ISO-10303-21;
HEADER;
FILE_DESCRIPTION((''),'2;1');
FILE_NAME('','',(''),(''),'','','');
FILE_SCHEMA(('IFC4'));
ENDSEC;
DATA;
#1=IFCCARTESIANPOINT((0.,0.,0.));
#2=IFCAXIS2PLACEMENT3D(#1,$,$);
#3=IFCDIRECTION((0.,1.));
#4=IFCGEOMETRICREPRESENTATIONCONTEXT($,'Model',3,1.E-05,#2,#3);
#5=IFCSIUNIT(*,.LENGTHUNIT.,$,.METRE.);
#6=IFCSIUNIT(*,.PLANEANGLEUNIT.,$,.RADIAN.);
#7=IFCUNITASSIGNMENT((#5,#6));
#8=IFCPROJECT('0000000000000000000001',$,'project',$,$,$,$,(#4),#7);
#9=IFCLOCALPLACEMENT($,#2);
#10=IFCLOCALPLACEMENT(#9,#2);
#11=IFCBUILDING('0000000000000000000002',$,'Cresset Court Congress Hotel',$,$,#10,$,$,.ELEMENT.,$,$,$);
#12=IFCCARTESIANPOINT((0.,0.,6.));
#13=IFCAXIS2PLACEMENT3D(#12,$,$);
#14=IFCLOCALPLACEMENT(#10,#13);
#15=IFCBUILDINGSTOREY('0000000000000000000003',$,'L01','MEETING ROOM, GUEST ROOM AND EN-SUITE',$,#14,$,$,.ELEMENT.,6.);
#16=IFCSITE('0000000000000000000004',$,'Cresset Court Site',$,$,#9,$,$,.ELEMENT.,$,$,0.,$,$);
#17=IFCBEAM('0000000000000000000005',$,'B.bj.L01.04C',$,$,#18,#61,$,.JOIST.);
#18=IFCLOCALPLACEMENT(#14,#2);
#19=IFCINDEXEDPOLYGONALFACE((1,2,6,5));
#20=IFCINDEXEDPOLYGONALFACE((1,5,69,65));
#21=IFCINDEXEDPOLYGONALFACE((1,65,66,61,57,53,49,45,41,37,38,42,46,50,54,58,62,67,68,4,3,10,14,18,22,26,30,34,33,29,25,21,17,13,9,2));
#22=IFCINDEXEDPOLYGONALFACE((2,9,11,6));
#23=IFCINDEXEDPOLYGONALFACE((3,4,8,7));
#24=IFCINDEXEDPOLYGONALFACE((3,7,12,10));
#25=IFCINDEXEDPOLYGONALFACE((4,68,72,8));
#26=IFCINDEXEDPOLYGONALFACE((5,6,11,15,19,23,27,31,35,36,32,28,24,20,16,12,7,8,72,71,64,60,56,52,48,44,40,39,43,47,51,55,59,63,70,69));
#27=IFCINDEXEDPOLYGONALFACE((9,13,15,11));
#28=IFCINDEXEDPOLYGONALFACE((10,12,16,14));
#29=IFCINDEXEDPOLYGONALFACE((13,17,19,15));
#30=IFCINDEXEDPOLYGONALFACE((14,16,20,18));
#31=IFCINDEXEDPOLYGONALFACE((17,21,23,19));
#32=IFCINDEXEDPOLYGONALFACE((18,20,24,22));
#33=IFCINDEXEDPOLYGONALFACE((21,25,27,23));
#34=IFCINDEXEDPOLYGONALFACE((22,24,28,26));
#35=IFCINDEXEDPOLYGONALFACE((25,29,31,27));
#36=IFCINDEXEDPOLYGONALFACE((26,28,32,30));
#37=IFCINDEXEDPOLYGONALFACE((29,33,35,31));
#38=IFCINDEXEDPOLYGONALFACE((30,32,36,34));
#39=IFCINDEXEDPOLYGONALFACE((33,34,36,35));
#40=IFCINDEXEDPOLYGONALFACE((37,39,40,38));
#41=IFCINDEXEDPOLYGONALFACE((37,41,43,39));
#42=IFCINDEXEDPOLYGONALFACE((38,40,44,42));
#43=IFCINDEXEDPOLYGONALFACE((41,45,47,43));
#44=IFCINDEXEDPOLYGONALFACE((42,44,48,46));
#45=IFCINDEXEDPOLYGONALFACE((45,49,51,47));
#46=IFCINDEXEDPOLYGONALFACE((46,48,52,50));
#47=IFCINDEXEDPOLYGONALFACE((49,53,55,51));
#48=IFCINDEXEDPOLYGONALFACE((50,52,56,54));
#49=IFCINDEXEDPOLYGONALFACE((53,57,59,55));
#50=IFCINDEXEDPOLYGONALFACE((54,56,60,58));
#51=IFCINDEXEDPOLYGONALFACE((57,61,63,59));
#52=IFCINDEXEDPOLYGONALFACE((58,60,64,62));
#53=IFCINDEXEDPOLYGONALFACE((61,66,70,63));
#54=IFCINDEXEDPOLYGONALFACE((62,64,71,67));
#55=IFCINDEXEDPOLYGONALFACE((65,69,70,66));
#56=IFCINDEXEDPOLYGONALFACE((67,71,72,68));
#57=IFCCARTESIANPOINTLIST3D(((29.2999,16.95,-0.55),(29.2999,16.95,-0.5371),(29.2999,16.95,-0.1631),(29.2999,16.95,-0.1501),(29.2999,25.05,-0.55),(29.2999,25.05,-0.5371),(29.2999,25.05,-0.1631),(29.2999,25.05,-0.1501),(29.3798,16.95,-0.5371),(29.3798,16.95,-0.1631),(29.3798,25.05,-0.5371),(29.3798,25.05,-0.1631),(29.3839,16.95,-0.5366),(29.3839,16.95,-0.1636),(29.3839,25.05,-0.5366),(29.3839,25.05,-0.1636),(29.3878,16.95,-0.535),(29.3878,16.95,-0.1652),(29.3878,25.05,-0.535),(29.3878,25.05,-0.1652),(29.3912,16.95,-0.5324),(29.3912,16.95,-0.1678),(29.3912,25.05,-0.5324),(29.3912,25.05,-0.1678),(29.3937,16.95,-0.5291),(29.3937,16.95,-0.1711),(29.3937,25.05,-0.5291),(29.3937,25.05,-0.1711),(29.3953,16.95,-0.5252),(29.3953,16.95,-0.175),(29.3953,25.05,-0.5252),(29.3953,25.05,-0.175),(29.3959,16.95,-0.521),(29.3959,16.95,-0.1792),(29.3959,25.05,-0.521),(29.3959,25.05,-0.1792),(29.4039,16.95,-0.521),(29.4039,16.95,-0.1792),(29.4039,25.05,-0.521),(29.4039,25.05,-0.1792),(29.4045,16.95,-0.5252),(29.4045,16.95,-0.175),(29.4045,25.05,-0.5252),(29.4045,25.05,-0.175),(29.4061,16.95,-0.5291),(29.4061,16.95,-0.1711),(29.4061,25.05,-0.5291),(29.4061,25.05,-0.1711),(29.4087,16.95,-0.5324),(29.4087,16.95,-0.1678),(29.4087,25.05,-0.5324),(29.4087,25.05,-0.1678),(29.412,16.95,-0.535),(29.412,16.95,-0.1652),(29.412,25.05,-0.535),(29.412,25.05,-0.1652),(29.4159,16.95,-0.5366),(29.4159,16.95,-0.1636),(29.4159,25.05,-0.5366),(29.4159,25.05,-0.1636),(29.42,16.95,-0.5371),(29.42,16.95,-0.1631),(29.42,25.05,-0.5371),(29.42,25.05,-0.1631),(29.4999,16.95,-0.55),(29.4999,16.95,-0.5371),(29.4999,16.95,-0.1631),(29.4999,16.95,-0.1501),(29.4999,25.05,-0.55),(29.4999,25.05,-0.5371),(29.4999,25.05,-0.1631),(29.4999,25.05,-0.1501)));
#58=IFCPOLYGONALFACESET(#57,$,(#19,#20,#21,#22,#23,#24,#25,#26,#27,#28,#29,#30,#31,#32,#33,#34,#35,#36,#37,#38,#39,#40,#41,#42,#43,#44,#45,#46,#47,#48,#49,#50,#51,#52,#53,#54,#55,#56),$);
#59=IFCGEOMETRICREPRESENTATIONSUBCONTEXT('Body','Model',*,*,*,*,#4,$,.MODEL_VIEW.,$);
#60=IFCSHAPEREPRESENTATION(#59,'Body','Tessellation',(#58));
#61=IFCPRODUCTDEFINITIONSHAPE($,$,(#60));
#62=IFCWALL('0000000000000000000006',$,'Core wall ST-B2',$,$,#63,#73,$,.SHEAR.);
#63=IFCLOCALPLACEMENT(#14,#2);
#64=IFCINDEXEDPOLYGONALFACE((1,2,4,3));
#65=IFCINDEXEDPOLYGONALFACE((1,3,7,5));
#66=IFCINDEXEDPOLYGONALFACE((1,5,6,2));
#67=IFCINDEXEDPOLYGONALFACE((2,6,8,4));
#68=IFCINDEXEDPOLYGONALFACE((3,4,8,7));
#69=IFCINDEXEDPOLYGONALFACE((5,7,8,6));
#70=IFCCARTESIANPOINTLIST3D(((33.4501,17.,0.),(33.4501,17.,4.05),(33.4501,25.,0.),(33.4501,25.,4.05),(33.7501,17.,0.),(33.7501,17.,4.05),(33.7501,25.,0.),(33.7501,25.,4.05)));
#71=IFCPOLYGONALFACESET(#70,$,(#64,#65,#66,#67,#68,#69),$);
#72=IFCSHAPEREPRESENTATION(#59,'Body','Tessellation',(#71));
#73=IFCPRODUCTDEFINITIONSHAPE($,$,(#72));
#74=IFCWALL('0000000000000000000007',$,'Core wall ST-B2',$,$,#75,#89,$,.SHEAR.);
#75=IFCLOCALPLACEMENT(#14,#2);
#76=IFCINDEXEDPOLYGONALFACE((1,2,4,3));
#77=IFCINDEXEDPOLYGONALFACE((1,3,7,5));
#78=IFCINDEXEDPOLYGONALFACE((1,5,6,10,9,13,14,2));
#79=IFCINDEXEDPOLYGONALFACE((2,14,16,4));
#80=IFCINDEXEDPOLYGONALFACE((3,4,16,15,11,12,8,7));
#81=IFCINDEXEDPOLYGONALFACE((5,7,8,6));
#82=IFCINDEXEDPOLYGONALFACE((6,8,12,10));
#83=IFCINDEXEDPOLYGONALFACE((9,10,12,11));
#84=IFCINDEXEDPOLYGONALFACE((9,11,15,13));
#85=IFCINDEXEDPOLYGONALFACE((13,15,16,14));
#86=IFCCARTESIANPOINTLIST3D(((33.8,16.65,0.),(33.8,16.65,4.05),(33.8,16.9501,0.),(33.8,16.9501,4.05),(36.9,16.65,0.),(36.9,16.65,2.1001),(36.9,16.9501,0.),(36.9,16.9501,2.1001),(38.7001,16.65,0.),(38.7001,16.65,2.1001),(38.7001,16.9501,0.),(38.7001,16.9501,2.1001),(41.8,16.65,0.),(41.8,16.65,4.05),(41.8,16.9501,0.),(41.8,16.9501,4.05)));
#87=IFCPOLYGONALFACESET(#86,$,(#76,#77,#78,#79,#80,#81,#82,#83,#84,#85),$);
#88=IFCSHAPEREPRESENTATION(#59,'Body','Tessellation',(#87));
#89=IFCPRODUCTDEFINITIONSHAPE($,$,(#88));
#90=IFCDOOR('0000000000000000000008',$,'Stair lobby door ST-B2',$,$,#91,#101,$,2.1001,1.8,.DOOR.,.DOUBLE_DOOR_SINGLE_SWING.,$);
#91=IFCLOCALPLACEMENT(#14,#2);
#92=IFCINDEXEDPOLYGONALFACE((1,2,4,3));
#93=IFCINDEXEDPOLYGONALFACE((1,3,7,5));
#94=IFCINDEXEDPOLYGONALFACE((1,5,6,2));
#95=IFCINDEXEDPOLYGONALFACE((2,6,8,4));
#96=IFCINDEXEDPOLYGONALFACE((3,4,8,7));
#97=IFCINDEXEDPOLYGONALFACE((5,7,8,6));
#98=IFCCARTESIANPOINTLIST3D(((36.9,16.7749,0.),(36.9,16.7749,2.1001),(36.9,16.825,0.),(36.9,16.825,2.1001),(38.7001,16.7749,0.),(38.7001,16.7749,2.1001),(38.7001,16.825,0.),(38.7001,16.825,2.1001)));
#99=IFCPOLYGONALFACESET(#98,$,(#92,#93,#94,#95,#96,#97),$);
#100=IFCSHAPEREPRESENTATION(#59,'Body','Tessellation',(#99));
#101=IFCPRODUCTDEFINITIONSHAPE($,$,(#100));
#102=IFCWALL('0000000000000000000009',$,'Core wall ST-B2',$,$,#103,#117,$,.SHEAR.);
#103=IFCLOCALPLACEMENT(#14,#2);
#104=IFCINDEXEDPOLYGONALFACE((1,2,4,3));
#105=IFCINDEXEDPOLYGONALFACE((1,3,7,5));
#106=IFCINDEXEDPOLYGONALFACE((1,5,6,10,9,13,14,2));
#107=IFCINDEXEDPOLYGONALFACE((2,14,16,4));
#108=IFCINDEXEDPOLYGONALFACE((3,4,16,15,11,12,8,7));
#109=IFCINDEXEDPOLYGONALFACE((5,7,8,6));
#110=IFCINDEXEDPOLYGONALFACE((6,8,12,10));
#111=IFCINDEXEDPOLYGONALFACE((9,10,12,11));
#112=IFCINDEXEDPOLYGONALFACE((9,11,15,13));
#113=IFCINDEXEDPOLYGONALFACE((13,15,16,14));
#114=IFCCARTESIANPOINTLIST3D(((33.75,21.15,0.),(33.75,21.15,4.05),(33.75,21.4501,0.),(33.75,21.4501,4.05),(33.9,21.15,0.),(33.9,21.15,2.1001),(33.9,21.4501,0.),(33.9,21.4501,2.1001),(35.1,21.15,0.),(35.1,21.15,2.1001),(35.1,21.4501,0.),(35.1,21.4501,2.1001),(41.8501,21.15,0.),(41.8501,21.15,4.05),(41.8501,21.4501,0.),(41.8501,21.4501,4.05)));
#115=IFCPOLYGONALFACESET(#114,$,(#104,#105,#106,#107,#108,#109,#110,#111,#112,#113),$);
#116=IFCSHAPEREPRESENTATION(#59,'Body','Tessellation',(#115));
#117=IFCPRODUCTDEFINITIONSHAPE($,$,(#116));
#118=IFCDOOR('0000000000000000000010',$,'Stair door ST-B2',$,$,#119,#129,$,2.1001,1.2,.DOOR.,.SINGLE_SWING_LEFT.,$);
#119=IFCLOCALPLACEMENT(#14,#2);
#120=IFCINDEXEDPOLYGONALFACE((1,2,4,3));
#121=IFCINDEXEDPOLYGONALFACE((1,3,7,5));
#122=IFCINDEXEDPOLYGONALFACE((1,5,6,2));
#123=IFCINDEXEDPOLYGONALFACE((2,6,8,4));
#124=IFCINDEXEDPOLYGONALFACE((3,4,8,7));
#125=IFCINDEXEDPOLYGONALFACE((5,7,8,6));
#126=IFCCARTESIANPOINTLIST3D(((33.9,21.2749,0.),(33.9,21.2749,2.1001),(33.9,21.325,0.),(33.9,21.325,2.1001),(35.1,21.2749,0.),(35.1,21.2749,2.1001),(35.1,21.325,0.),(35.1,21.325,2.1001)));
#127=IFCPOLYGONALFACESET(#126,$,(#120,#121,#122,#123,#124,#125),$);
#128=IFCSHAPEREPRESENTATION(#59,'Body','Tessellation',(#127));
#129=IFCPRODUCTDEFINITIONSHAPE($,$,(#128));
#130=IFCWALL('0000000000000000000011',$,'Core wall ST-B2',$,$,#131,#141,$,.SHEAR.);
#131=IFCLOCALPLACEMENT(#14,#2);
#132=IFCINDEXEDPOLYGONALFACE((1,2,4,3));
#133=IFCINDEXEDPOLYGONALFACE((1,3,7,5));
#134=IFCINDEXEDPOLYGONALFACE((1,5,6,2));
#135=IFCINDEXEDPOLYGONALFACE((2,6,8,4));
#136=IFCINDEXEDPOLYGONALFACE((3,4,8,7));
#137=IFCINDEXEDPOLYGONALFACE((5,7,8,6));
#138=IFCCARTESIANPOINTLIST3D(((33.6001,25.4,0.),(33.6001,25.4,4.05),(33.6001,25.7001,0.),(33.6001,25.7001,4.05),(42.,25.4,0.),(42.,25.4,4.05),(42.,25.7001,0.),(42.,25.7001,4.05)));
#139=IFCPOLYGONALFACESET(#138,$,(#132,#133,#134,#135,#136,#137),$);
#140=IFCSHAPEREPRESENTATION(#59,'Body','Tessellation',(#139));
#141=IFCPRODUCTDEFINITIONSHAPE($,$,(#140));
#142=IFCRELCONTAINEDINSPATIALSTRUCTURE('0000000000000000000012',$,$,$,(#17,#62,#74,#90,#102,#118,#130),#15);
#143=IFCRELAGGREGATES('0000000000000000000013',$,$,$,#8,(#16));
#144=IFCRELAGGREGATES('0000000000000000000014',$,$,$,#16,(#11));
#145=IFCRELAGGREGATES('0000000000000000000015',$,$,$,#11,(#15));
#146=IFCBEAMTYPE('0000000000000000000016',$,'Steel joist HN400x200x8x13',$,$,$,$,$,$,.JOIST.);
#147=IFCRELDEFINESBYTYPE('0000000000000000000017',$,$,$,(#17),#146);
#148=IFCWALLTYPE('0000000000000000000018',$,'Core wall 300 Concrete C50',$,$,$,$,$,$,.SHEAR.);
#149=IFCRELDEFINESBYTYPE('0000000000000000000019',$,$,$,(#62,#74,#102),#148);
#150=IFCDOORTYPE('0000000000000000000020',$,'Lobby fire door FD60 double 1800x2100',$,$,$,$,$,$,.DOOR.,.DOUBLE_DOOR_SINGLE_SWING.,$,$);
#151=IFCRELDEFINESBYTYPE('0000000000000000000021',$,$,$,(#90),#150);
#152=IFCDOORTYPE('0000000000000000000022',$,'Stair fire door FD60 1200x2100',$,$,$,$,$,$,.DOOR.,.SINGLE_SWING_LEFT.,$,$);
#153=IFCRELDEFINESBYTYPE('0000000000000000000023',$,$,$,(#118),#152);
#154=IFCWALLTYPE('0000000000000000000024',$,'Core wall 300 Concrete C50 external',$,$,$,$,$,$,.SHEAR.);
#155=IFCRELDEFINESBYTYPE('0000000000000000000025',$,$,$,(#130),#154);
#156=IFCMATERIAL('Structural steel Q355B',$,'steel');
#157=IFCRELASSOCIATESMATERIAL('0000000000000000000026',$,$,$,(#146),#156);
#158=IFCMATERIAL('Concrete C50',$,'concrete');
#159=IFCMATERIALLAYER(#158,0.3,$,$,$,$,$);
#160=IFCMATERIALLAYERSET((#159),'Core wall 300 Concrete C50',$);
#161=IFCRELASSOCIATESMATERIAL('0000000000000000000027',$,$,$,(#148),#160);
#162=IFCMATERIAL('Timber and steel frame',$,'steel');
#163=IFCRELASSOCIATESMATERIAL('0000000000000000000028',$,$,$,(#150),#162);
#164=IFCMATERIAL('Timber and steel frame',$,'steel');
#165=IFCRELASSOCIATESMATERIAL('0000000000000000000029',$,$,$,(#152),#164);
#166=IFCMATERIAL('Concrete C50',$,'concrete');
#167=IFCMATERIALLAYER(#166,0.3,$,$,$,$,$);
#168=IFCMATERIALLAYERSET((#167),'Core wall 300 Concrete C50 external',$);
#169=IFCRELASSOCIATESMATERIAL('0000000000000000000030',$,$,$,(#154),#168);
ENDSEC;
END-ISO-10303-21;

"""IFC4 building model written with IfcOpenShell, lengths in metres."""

from ifc_helpers import new_model, si_unit, direction, frame, frame_2d, origin, origin_2d, place, context, subcontext, project, spatial, rectangle, i_section, extrude, material, layer, layer_set, material_profile, profile_set, type_object, element, fill, save


model = new_model("IFC4")

# Units and contexts
model_context = context("Model", 3, precision=1e-05, world=origin(), true_north=direction((0.0, 1.0)))
body_context = subcontext(model_context, "Body", "Model", "MODEL_VIEW")
ifc_project = project(units=[si_unit("LENGTHUNIT", "METRE"), si_unit("PLANEANGLEUNIT", "RADIAN")], contexts=[model_context])

# Site, building, storey
site_placement = place(None, origin())
site = spatial("IfcSite", under=ifc_project, at=site_placement, Name="Cresset Court Site", CompositionType="ELEMENT", RefElevation=0.0)
building_placement = place(site_placement, origin())
building = spatial("IfcBuilding", under=site, at=building_placement, Name="Cresset Court Congress Hotel", CompositionType="ELEMENT")
storey_placement = place(building_placement, frame((0.0, 0.0, 6.0)))
storey = spatial("IfcBuildingStorey", under=building, at=storey_placement, Name="L01", Description="MEETING ROOM, GUEST ROOM AND EN-SUITE", CompositionType="ELEMENT", Elevation=6.0)

# Beam
ifc_material_1 = material(Name="Structural steel Q355B", Category="steel")
ifc_material_profile_1 = material_profile(ifc_material_1, i_section(OverallWidth=0.2, OverallDepth=0.3999, WebThickness=0.0081, FlangeThickness=0.0129, FilletRadius=0.0161, at=origin_2d()), Name="HN400x200x8x13")
ifc_profile_set_1 = profile_set([ifc_material_profile_1], Name="Structural steel Q355B")
beam_type_1 = type_object("IfcBeamType", Name="Steel joist HN400x200x8x13", PredefinedType="JOIST", material=ifc_profile_set_1)
beam_placement = place(storey_placement, frame((29.3999, 16.95, -0.3501), z_axis=(0.0, 1.0, 0.0), x_axis=(-1.0, 0.0, 0.0)))
element("IfcBeam", 1, at=beam_placement, inside=storey, type_object=beam_type_1, Name="B.bj.L01.04C", PredefinedType="JOIST", context=body_context, shape_type="SweptSolid", body=[
    extrude(i_section(OverallWidth=0.2, OverallDepth=0.3999, WebThickness=0.0081, FlangeThickness=0.0129, FilletRadius=0.0161, at=origin_2d()), origin(), (0.0, 0.0, 1.0), 8.1001),
])

# Wall
ifc_material_2 = material(Name="Concrete C50", Category="concrete")
ifc_layer_1 = layer(ifc_material_2, 0.3)
ifc_layer_set_1 = layer_set([ifc_layer_1], Name="Core wall 300 Concrete C50")
wall_type_1 = type_object("IfcWallType", Name="Core wall 300 Concrete C50", PredefinedType="SHEAR", material=ifc_layer_set_1)
wall_1_placement = place(storey_placement, frame((33.6001, 17.0, 0.0), z_axis=(0.0, 0.0, 1.0), x_axis=(0.0, 1.0, 0.0)))
element("IfcWall", 2, at=wall_1_placement, inside=storey, type_object=wall_type_1, Name="Core wall ST-B2", PredefinedType="SHEAR", context=body_context, shape_type="SweptSolid", body=[
    extrude(rectangle(XDim=8.0, YDim=0.3, at=frame_2d((4.0, 0.0))), origin(), (0.0, 0.0, 1.0), 4.05),
])

# Walls, openings, doors
wall_2_placement = place(storey_placement, frame((33.8, 16.8, 0.0), z_axis=(0.0, 0.0, 1.0), x_axis=(1.0, 0.0, 0.0)))
wall_2 = element("IfcWall", 3, at=wall_2_placement, inside=storey, type_object=wall_type_1, Name="Core wall ST-B2", PredefinedType="SHEAR", context=body_context, shape_type="SweptSolid", body=[
    extrude(rectangle(XDim=8.0, YDim=0.3, at=frame_2d((4.0, 0.0))), origin(), (0.0, 0.0, 1.0), 4.05),
])
opening_1_placement = place(wall_2_placement, frame((3.1001, 0.0, 0.0)))
opening_1 = element("IfcOpeningElement", 4, at=opening_1_placement, cuts=wall_2, PredefinedType="OPENING", context=body_context, shape_type="SweptSolid", body=[
    extrude(rectangle(XDim=1.8, YDim=2.1001, at=frame_2d((0.8999, 1.05))), frame((0.0, 0.1599, 0.0), z_axis=(0.0, -1.0, 0.0), x_axis=(1.0, 0.0, 0.0)), (0.0, 0.0, 1.0), 0.3201),
])
ifc_material_3 = material(Name="Timber and steel frame", Category="steel")
door_type_1 = type_object("IfcDoorType", Name="Lobby fire door FD60 double 1800x2100", OperationType="DOUBLE_DOOR_SINGLE_SWING", PredefinedType="DOOR", material=ifc_material_3)
door_1_placement = place(opening_1_placement, origin())
door_1 = element("IfcDoor", 5, at=door_1_placement, inside=storey, type_object=door_type_1, Name="Stair lobby door ST-B2", OperationType="DOUBLE_DOOR_SINGLE_SWING", OverallHeight=2.1001, OverallWidth=1.8, PredefinedType="DOOR", context=body_context, shape_type="SweptSolid", body=[
    extrude(rectangle(XDim=1.8, YDim=2.1001, at=frame_2d((0.8999, 1.05))), frame((0.0, 0.0249, 0.0), z_axis=(0.0, -1.0, 0.0), x_axis=(1.0, 0.0, 0.0)), (0.0, 0.0, 1.0), 0.05),
])
fill(opening_1, door_1)
wall_3_placement = place(storey_placement, frame((33.75, 21.3, 0.0), z_axis=(0.0, 0.0, 1.0), x_axis=(1.0, 0.0, 0.0)))
wall_3 = element("IfcWall", 6, at=wall_3_placement, inside=storey, type_object=wall_type_1, Name="Core wall ST-B2", PredefinedType="SHEAR", context=body_context, shape_type="SweptSolid", body=[
    extrude(rectangle(XDim=8.1001, YDim=0.3, at=frame_2d((4.05, 0.0))), origin(), (0.0, 0.0, 1.0), 4.05),
])
opening_2_placement = place(wall_3_placement, frame((0.1499, 0.0, 0.0)))
opening_2 = element("IfcOpeningElement", 7, at=opening_2_placement, cuts=wall_3, PredefinedType="OPENING", context=body_context, shape_type="SweptSolid", body=[
    extrude(rectangle(XDim=1.2, YDim=2.1001, at=frame_2d((0.6001, 1.05))), frame((0.0, 0.1599, 0.0), z_axis=(0.0, -1.0, 0.0), x_axis=(1.0, 0.0, 0.0)), (0.0, 0.0, 1.0), 0.3201),
])
ifc_material_4 = material(Name="Timber and steel frame", Category="steel")
door_type_2 = type_object("IfcDoorType", Name="Stair fire door FD60 1200x2100", OperationType="SINGLE_SWING_LEFT", PredefinedType="DOOR", material=ifc_material_4)
door_2_placement = place(opening_2_placement, origin())
door_2 = element("IfcDoor", 8, at=door_2_placement, inside=storey, type_object=door_type_2, Name="Stair door ST-B2", OperationType="SINGLE_SWING_LEFT", OverallHeight=2.1001, OverallWidth=1.2, PredefinedType="DOOR", context=body_context, shape_type="SweptSolid", body=[
    extrude(rectangle(XDim=1.2, YDim=2.1001, at=frame_2d((0.6001, 1.05))), frame((0.0, 0.0249, 0.0), z_axis=(0.0, -1.0, 0.0), x_axis=(1.0, 0.0, 0.0)), (0.0, 0.0, 1.0), 0.05),
])
fill(opening_2, door_2)

# Wall
ifc_material_5 = material(Name="Concrete C50", Category="concrete")
ifc_layer_2 = layer(ifc_material_5, 0.3)
ifc_layer_set_2 = layer_set([ifc_layer_2], Name="Core wall 300 Concrete C50 external")
wall_type_2 = type_object("IfcWallType", Name="Core wall 300 Concrete C50 external", PredefinedType="SHEAR", material=ifc_layer_set_2)
wall_4_placement = place(storey_placement, frame((33.6001, 25.55, 0.0), z_axis=(0.0, 0.0, 1.0), x_axis=(1.0, 0.0, 0.0)))
element("IfcWall", 9, at=wall_4_placement, inside=storey, type_object=wall_type_2, Name="Core wall ST-B2", PredefinedType="SHEAR", context=body_context, shape_type="SweptSolid", body=[
    extrude(rectangle(XDim=8.3999, YDim=0.3, at=frame_2d((4.2, 0.0))), origin(), (0.0, 0.0, 1.0), 4.05),
])

save(model, "model.ifc")
